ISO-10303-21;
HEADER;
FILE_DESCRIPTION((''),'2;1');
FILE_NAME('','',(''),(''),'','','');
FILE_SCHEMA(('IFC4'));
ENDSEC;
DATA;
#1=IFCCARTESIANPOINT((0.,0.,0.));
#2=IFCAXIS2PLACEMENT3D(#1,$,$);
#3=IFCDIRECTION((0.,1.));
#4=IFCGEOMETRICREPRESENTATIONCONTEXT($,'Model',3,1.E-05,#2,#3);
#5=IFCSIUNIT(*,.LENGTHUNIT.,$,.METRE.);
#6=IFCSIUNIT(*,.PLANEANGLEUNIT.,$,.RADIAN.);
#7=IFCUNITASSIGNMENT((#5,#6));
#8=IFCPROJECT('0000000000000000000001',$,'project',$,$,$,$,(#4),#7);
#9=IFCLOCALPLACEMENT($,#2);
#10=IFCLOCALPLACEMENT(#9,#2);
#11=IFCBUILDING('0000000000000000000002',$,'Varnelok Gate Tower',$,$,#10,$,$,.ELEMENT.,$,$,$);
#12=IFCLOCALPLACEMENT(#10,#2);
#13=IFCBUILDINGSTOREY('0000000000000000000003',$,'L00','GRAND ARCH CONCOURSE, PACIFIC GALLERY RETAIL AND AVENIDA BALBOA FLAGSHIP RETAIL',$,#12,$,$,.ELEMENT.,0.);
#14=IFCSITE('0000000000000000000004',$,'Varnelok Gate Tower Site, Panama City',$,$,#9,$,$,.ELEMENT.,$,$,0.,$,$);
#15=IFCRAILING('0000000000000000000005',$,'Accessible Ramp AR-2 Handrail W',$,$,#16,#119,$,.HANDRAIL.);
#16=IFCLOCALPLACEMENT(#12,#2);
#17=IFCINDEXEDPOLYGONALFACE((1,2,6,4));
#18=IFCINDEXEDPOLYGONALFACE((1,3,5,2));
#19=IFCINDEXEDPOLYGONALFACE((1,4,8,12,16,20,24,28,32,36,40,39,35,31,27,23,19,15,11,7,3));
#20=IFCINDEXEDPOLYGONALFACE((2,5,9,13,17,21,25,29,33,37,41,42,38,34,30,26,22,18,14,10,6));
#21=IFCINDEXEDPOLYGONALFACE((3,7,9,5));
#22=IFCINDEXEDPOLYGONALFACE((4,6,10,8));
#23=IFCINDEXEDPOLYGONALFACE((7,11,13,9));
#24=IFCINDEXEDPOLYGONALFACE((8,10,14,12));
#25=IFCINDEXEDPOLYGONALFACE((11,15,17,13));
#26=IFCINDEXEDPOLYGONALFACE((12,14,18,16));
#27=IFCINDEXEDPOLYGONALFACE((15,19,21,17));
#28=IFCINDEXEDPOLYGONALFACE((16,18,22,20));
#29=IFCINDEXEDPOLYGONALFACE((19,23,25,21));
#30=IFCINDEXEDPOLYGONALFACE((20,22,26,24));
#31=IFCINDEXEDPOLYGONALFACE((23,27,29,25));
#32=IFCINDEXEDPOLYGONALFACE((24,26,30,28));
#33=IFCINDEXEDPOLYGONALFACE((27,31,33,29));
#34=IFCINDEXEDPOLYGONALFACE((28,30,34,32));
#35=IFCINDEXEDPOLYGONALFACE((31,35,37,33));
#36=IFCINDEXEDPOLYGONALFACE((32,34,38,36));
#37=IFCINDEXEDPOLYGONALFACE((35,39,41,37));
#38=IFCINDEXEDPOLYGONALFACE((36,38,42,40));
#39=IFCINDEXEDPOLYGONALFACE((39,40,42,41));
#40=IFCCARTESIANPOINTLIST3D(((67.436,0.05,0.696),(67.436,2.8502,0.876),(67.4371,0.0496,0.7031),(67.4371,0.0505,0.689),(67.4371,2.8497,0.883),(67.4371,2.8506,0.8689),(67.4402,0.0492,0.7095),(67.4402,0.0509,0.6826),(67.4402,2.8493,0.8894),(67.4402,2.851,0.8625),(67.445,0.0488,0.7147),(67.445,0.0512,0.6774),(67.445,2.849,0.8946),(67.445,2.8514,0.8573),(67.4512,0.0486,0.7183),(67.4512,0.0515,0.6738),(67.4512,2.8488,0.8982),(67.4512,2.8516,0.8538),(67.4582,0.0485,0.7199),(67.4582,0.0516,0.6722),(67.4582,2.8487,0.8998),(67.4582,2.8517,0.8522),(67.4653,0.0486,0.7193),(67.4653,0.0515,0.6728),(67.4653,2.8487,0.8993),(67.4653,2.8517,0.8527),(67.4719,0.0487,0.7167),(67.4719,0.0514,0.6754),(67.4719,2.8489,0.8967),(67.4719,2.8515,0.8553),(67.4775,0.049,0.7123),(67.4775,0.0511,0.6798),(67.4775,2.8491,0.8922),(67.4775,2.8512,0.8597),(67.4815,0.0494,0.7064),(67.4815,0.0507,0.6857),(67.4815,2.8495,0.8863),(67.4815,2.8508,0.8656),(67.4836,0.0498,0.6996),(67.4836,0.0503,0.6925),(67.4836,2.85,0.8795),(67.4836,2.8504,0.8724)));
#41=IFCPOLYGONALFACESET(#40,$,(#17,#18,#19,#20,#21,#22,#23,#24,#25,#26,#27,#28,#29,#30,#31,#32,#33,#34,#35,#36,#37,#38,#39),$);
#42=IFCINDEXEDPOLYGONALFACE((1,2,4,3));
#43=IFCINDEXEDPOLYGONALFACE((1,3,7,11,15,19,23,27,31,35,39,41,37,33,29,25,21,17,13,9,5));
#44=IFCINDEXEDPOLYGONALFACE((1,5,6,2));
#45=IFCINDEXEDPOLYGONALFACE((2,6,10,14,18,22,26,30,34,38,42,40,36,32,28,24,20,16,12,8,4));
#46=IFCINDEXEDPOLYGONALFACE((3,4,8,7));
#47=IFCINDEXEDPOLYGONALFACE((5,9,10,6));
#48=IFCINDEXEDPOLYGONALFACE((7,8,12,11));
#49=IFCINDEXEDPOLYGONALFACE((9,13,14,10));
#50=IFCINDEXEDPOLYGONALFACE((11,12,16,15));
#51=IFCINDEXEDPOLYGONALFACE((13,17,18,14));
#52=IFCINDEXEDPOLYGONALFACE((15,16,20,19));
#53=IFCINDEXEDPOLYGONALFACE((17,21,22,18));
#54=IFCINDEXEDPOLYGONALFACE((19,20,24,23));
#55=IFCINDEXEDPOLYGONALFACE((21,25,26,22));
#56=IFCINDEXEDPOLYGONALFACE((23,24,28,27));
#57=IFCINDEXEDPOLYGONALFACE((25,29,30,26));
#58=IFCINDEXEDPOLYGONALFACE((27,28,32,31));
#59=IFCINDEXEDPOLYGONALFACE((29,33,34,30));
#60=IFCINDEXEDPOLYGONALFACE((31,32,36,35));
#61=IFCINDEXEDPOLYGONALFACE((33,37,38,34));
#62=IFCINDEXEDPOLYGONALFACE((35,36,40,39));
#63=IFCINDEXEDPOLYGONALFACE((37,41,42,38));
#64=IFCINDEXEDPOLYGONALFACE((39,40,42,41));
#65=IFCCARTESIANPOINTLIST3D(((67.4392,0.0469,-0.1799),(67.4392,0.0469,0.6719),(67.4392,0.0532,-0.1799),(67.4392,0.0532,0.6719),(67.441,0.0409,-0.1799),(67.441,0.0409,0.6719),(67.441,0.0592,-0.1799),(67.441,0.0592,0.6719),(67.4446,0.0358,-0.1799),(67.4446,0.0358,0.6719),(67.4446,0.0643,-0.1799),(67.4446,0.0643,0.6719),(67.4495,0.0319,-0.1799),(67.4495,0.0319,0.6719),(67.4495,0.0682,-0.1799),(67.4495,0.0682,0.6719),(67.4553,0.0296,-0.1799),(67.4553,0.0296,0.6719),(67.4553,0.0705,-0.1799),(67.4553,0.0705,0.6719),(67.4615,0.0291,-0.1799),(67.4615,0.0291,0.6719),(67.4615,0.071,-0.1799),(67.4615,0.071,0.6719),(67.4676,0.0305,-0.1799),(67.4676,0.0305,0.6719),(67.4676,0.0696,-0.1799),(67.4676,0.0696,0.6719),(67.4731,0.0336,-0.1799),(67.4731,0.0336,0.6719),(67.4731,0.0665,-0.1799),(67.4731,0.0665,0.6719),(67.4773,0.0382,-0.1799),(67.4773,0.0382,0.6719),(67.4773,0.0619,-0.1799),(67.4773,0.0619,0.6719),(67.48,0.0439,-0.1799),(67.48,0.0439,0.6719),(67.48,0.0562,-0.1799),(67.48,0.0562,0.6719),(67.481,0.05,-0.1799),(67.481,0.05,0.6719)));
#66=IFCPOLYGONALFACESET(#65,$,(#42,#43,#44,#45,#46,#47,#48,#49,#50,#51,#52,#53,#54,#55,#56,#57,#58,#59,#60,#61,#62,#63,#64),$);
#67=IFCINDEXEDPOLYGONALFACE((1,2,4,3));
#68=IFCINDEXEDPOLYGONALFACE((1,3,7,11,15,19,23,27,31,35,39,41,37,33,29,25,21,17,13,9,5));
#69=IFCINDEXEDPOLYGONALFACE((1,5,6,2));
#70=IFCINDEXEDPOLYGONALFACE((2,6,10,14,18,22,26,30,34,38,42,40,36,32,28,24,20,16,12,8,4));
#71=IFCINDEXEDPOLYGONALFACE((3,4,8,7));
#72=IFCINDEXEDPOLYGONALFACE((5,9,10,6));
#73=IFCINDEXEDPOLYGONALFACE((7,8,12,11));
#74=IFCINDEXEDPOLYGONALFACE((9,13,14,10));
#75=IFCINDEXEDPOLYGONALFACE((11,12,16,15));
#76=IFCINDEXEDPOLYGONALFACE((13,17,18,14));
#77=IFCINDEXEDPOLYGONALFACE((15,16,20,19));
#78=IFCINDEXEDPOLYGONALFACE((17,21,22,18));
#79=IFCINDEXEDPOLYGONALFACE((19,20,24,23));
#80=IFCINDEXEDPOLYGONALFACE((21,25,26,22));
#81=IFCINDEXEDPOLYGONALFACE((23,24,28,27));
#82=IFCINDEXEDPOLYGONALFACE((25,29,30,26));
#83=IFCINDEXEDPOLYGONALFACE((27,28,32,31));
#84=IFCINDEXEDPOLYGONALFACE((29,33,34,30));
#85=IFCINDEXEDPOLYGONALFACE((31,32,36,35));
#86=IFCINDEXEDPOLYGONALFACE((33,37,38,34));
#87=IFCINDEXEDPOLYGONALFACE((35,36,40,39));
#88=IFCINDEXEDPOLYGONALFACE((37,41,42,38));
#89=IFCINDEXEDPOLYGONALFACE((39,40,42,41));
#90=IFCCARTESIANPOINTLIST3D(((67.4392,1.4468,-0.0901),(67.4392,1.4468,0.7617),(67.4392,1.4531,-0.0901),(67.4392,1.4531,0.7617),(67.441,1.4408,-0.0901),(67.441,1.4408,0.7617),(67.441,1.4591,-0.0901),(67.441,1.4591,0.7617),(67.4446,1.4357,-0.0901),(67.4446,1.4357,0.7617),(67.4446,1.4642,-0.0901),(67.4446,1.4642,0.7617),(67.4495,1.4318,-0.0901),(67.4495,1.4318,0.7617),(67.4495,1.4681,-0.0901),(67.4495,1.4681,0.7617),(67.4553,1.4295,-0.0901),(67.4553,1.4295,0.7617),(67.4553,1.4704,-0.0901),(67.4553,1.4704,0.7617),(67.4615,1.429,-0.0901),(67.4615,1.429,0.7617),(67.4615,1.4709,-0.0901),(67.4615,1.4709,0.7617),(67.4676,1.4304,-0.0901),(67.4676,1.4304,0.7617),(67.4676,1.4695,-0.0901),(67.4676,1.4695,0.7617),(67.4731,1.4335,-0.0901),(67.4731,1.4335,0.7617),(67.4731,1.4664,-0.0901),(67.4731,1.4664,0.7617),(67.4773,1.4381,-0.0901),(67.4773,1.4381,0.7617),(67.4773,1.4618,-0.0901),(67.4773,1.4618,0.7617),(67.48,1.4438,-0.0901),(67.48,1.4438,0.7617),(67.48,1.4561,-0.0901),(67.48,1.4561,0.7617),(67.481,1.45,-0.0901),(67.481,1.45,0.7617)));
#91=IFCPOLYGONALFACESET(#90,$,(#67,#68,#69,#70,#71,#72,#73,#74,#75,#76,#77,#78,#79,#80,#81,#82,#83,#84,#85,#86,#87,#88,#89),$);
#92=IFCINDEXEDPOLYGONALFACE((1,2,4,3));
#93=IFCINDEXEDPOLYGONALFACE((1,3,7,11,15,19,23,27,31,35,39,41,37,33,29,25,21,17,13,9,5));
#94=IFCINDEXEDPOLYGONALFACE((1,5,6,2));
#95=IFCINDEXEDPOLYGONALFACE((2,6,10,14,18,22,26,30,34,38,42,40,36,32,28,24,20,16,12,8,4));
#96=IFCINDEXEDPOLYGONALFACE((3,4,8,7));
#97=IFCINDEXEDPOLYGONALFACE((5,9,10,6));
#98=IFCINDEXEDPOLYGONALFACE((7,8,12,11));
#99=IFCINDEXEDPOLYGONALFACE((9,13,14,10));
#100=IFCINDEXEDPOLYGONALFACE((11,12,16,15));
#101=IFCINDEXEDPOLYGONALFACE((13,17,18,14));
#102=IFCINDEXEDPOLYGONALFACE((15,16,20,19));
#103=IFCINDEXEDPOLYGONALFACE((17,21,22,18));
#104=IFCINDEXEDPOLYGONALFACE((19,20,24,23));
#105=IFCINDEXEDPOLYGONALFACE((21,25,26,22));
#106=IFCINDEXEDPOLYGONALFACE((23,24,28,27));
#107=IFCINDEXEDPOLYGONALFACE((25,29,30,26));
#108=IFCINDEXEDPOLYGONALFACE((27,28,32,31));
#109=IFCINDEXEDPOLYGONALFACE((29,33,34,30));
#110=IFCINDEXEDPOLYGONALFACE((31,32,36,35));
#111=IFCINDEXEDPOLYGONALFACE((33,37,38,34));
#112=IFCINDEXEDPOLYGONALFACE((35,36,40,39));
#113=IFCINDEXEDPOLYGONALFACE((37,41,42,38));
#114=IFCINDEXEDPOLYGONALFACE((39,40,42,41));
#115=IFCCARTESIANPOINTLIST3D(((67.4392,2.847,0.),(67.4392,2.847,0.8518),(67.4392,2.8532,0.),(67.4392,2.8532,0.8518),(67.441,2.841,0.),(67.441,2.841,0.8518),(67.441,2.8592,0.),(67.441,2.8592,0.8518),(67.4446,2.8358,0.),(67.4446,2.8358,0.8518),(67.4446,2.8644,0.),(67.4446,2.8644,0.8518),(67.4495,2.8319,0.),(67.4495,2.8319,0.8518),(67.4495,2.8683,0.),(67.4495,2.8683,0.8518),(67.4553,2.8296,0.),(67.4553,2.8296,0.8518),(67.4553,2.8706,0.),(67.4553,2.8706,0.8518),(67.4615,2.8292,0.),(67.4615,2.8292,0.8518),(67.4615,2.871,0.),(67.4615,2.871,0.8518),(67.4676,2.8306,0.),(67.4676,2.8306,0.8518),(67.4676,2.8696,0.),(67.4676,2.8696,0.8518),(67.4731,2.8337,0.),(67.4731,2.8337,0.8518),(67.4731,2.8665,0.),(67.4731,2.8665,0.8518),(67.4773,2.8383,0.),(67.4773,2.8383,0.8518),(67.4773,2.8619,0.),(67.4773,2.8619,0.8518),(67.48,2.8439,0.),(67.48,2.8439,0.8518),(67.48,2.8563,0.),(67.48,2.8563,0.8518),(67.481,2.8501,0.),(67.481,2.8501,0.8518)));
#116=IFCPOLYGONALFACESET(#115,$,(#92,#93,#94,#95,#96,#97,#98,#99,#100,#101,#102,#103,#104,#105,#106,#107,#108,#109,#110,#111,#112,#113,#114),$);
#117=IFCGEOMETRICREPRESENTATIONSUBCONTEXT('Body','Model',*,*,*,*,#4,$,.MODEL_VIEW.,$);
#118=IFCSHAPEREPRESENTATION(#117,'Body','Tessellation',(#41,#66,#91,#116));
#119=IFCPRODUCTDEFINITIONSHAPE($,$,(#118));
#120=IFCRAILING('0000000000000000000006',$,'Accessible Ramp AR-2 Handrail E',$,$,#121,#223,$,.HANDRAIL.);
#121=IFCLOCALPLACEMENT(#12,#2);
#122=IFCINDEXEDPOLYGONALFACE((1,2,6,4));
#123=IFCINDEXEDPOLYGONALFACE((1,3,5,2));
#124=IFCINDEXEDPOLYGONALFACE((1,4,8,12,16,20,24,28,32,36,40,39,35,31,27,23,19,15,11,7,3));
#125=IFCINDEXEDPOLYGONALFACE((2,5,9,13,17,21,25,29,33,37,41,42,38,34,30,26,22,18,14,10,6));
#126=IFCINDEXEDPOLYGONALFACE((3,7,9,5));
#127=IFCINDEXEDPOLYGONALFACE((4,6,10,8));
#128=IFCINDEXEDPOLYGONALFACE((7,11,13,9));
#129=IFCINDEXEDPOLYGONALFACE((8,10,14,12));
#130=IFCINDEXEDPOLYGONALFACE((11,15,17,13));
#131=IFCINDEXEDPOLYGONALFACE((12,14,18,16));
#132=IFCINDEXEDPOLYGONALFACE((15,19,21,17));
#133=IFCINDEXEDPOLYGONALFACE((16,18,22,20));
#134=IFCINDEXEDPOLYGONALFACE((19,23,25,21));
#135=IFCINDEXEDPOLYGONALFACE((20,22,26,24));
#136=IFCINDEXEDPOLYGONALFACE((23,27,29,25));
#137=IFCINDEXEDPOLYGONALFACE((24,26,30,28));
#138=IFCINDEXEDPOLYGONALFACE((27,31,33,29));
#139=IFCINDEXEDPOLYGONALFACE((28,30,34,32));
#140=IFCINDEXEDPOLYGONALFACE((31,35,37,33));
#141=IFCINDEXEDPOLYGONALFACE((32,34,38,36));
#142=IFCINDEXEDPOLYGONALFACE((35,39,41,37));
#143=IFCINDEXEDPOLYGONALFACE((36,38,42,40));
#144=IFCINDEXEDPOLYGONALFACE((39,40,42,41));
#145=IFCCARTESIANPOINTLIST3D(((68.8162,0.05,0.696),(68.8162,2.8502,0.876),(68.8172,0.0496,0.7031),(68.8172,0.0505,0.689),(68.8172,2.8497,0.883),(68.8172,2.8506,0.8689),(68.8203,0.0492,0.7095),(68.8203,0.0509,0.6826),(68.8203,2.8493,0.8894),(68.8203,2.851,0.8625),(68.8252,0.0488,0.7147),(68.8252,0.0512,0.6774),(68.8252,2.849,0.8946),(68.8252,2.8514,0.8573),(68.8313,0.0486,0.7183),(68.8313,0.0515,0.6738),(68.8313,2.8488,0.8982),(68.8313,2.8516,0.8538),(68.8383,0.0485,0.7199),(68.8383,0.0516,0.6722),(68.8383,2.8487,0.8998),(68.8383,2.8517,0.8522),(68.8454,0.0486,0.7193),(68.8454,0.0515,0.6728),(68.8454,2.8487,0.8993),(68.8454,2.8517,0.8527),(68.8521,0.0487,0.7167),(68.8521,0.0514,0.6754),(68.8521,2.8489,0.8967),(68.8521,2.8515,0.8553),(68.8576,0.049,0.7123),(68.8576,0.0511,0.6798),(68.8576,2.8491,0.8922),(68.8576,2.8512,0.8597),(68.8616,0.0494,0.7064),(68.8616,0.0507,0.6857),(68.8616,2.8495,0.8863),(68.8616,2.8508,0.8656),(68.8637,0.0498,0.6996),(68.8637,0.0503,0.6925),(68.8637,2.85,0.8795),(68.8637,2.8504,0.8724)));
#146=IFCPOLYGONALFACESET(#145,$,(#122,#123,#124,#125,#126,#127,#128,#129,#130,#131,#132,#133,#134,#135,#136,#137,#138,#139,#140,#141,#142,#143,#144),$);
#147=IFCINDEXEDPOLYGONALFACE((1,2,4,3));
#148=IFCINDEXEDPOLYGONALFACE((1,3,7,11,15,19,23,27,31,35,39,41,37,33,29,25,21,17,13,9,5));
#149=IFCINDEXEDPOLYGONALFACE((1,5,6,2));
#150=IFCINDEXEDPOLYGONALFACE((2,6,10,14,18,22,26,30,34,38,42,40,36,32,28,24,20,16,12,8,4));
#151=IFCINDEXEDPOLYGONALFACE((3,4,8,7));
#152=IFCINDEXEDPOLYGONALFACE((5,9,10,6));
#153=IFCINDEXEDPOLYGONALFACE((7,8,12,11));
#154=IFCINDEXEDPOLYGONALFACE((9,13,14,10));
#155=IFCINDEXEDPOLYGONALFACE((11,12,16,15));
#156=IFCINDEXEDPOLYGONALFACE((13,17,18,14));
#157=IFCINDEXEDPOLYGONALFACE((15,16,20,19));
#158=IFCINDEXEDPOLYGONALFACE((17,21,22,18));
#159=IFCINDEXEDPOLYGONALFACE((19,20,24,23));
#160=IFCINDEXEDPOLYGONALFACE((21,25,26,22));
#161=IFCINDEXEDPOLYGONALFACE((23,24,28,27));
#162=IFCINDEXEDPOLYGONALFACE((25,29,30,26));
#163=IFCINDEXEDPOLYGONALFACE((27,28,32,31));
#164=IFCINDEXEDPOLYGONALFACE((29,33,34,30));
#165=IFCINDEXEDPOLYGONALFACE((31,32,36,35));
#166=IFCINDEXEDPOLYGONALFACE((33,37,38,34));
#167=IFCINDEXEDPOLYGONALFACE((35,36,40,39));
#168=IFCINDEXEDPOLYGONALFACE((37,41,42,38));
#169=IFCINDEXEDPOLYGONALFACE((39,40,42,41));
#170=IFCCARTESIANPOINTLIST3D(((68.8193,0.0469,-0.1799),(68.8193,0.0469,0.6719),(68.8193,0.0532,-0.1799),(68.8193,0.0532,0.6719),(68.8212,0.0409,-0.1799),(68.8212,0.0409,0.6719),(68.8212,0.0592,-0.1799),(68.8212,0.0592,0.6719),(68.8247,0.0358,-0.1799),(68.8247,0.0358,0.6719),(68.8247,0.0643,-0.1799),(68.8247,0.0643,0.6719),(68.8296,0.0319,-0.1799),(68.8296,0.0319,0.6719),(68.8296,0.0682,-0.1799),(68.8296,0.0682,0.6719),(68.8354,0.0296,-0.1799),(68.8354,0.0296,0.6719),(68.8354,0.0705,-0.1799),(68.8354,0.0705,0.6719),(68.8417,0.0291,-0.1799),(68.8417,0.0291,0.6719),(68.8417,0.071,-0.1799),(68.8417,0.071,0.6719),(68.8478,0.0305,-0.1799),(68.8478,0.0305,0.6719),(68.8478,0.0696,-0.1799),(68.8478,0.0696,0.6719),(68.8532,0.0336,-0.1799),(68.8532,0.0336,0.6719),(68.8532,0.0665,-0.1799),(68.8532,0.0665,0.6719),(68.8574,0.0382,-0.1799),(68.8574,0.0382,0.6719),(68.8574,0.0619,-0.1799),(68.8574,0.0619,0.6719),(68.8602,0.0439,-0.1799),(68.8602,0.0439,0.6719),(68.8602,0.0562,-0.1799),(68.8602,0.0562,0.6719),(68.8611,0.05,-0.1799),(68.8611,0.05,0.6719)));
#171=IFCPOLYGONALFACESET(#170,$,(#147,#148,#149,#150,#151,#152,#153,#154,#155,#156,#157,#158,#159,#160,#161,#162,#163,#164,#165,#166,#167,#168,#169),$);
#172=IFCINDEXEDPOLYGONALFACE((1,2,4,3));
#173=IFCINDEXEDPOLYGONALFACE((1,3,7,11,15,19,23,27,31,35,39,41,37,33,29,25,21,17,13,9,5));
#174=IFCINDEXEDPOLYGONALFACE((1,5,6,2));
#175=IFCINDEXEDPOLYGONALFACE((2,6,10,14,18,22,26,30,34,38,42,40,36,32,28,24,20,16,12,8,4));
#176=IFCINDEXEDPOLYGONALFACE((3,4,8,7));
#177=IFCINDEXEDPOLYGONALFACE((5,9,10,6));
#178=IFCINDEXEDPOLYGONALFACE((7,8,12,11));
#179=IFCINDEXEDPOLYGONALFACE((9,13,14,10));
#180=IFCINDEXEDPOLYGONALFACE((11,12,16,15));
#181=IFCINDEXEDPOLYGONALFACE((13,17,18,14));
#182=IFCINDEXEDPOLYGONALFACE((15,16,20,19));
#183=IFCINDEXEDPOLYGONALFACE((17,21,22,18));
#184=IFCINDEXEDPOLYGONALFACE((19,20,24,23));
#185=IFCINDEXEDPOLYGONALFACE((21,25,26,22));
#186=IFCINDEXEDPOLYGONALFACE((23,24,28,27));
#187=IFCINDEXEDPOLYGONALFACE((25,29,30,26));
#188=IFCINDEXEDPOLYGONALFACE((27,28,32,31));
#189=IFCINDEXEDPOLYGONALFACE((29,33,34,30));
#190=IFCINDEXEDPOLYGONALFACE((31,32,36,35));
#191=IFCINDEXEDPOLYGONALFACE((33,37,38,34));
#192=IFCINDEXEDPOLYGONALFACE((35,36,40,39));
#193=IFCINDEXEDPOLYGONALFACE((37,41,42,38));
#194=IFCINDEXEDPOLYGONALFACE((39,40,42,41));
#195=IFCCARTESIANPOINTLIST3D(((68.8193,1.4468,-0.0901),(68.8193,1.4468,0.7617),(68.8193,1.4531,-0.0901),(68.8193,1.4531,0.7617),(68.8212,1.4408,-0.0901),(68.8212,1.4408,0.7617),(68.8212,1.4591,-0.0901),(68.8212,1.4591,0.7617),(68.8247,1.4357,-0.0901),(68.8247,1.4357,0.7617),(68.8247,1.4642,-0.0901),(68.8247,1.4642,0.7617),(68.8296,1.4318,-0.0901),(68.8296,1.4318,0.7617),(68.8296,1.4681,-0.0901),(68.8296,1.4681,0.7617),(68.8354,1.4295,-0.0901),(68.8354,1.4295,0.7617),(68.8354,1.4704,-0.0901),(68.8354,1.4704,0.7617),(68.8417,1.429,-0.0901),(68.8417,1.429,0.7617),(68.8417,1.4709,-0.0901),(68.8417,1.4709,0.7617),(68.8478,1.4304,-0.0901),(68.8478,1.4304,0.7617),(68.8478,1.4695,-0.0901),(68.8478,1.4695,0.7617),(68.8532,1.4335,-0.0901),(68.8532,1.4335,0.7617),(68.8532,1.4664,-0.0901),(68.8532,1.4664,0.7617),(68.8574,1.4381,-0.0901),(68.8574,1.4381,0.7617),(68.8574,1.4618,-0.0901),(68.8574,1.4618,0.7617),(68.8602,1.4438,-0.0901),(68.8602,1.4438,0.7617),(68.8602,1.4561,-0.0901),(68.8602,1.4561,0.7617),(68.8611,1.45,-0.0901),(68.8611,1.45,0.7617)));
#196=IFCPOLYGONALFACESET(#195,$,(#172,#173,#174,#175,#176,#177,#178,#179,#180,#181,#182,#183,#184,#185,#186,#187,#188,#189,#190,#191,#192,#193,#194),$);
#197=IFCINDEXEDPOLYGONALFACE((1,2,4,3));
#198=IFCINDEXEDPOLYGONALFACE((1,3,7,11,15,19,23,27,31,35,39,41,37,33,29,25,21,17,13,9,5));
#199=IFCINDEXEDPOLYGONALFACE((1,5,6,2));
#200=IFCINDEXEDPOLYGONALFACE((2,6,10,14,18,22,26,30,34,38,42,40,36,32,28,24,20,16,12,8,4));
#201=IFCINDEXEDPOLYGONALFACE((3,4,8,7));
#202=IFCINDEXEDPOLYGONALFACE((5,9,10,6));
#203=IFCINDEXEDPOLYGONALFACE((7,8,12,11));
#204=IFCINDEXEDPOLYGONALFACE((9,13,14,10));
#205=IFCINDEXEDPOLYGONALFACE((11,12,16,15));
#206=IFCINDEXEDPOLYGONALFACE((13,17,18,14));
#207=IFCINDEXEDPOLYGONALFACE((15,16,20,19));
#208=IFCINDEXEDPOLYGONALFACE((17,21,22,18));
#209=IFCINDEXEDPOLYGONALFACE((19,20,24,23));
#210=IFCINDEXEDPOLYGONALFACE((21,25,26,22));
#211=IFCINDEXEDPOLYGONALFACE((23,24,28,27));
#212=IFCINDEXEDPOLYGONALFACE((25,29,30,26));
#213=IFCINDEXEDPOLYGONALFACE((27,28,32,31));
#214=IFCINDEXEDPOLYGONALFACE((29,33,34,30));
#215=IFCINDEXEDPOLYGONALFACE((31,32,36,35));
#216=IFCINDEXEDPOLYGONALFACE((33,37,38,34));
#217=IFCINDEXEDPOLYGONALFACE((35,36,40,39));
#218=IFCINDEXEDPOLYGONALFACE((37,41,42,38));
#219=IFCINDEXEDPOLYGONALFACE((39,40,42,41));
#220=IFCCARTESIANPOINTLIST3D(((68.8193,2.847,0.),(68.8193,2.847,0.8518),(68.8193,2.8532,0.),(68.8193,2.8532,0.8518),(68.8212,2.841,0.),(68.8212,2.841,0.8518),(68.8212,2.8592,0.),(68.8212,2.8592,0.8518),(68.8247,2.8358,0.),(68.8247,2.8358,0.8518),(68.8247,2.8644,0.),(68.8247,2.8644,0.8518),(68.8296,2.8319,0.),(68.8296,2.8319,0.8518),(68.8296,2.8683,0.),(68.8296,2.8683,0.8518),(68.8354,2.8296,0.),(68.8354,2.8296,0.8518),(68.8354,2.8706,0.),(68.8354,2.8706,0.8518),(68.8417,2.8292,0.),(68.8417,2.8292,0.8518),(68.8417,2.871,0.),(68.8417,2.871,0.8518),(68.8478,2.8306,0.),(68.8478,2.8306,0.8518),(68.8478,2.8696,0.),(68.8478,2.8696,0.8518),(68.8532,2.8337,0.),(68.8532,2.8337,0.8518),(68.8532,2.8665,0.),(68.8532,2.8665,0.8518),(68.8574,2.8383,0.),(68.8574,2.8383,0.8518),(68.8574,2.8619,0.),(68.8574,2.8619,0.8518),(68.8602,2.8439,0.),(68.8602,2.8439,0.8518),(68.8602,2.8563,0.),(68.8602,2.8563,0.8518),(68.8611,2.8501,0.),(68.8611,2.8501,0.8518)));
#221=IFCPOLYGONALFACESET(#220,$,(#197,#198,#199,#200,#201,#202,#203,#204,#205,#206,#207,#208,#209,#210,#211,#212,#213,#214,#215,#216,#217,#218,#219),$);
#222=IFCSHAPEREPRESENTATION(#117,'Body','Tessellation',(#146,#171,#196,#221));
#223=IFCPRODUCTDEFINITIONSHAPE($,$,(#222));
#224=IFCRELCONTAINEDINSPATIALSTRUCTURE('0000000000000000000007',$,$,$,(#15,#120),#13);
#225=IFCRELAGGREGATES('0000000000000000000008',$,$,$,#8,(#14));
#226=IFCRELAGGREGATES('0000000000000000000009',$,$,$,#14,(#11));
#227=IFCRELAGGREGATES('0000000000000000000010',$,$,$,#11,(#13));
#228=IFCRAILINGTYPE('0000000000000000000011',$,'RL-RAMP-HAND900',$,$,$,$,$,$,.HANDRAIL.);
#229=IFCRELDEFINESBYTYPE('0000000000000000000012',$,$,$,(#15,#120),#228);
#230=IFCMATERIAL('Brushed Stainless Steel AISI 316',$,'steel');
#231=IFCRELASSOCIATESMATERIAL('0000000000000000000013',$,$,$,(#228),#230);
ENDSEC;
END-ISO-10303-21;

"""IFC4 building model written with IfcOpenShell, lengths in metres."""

from ifc_helpers import new_model, si_unit, direction, frame, origin, origin_2d, place, context, subcontext, project, spatial, circle, extrude, material, type_object, element, save


model = new_model("IFC4")

# Units and contexts
model_context = context("Model", 3, precision=1e-05, world=origin(), true_north=direction((0.0, 1.0)))
body_context = subcontext(model_context, "Body", "Model", "MODEL_VIEW")
ifc_project = project(units=[si_unit("LENGTHUNIT", "METRE"), si_unit("PLANEANGLEUNIT", "RADIAN")], contexts=[model_context])

# Site, building, storey
site_placement = place(None, origin())
site = spatial("IfcSite", under=ifc_project, at=site_placement, Name="Varnelok Gate Tower Site, Panama City", CompositionType="ELEMENT", RefElevation=0.0)
building_placement = place(site_placement, origin())
building = spatial("IfcBuilding", under=site, at=building_placement, Name="Varnelok Gate Tower", CompositionType="ELEMENT")
storey_placement = place(building_placement, origin())
storey = spatial("IfcBuildingStorey", under=building, at=storey_placement, Name="L00", Description="GRAND ARCH CONCOURSE, PACIFIC GALLERY RETAIL AND AVENIDA BALBOA FLAGSHIP RETAIL", CompositionType="ELEMENT", Elevation=0.0)

# Railings
ifc_material_1 = material(Name="Brushed Stainless Steel AISI 316", Category="steel")
railing_type_1 = type_object("IfcRailingType", Name="RL-RAMP-HAND900", PredefinedType="HANDRAIL", material=ifc_material_1)
for number, where, name in (
    (1, (67.46, 0.05, -0.1799), "Accessible Ramp AR-2 Handrail W"),
    (2, (68.8401, 0.05, -0.1799), "Accessible Ramp AR-2 Handrail E"),
):
    element("IfcRailing", number, at=place(storey_placement, frame(where)), inside=storey, type_object=railing_type_1, Name=name, PredefinedType="HANDRAIL", context=body_context, shape_type="SweptSolid", body=[
        extrude(circle(Radius=0.0239, at=origin_2d()), frame((0.0, 0.0, 0.876), z_axis=(0.0, 0.997942, 0.064128), x_axis=(-1.0, 0.0, 0.0)), (0.0, 0.0, 1.0), 2.8059),
        extrude(circle(Radius=0.021, at=origin_2d()), origin(), (0.0, 0.0, 1.0), 0.8518),
        extrude(circle(Radius=0.021, at=origin_2d()), frame((0.0, 1.3999, 0.0898)), (0.0, 0.0, 1.0), 0.8518),
        extrude(circle(Radius=0.021, at=origin_2d()), frame((0.0, 2.8, 0.1799)), (0.0, 0.0, 1.0), 0.8518),
    ])

save(model, "model.ifc")
